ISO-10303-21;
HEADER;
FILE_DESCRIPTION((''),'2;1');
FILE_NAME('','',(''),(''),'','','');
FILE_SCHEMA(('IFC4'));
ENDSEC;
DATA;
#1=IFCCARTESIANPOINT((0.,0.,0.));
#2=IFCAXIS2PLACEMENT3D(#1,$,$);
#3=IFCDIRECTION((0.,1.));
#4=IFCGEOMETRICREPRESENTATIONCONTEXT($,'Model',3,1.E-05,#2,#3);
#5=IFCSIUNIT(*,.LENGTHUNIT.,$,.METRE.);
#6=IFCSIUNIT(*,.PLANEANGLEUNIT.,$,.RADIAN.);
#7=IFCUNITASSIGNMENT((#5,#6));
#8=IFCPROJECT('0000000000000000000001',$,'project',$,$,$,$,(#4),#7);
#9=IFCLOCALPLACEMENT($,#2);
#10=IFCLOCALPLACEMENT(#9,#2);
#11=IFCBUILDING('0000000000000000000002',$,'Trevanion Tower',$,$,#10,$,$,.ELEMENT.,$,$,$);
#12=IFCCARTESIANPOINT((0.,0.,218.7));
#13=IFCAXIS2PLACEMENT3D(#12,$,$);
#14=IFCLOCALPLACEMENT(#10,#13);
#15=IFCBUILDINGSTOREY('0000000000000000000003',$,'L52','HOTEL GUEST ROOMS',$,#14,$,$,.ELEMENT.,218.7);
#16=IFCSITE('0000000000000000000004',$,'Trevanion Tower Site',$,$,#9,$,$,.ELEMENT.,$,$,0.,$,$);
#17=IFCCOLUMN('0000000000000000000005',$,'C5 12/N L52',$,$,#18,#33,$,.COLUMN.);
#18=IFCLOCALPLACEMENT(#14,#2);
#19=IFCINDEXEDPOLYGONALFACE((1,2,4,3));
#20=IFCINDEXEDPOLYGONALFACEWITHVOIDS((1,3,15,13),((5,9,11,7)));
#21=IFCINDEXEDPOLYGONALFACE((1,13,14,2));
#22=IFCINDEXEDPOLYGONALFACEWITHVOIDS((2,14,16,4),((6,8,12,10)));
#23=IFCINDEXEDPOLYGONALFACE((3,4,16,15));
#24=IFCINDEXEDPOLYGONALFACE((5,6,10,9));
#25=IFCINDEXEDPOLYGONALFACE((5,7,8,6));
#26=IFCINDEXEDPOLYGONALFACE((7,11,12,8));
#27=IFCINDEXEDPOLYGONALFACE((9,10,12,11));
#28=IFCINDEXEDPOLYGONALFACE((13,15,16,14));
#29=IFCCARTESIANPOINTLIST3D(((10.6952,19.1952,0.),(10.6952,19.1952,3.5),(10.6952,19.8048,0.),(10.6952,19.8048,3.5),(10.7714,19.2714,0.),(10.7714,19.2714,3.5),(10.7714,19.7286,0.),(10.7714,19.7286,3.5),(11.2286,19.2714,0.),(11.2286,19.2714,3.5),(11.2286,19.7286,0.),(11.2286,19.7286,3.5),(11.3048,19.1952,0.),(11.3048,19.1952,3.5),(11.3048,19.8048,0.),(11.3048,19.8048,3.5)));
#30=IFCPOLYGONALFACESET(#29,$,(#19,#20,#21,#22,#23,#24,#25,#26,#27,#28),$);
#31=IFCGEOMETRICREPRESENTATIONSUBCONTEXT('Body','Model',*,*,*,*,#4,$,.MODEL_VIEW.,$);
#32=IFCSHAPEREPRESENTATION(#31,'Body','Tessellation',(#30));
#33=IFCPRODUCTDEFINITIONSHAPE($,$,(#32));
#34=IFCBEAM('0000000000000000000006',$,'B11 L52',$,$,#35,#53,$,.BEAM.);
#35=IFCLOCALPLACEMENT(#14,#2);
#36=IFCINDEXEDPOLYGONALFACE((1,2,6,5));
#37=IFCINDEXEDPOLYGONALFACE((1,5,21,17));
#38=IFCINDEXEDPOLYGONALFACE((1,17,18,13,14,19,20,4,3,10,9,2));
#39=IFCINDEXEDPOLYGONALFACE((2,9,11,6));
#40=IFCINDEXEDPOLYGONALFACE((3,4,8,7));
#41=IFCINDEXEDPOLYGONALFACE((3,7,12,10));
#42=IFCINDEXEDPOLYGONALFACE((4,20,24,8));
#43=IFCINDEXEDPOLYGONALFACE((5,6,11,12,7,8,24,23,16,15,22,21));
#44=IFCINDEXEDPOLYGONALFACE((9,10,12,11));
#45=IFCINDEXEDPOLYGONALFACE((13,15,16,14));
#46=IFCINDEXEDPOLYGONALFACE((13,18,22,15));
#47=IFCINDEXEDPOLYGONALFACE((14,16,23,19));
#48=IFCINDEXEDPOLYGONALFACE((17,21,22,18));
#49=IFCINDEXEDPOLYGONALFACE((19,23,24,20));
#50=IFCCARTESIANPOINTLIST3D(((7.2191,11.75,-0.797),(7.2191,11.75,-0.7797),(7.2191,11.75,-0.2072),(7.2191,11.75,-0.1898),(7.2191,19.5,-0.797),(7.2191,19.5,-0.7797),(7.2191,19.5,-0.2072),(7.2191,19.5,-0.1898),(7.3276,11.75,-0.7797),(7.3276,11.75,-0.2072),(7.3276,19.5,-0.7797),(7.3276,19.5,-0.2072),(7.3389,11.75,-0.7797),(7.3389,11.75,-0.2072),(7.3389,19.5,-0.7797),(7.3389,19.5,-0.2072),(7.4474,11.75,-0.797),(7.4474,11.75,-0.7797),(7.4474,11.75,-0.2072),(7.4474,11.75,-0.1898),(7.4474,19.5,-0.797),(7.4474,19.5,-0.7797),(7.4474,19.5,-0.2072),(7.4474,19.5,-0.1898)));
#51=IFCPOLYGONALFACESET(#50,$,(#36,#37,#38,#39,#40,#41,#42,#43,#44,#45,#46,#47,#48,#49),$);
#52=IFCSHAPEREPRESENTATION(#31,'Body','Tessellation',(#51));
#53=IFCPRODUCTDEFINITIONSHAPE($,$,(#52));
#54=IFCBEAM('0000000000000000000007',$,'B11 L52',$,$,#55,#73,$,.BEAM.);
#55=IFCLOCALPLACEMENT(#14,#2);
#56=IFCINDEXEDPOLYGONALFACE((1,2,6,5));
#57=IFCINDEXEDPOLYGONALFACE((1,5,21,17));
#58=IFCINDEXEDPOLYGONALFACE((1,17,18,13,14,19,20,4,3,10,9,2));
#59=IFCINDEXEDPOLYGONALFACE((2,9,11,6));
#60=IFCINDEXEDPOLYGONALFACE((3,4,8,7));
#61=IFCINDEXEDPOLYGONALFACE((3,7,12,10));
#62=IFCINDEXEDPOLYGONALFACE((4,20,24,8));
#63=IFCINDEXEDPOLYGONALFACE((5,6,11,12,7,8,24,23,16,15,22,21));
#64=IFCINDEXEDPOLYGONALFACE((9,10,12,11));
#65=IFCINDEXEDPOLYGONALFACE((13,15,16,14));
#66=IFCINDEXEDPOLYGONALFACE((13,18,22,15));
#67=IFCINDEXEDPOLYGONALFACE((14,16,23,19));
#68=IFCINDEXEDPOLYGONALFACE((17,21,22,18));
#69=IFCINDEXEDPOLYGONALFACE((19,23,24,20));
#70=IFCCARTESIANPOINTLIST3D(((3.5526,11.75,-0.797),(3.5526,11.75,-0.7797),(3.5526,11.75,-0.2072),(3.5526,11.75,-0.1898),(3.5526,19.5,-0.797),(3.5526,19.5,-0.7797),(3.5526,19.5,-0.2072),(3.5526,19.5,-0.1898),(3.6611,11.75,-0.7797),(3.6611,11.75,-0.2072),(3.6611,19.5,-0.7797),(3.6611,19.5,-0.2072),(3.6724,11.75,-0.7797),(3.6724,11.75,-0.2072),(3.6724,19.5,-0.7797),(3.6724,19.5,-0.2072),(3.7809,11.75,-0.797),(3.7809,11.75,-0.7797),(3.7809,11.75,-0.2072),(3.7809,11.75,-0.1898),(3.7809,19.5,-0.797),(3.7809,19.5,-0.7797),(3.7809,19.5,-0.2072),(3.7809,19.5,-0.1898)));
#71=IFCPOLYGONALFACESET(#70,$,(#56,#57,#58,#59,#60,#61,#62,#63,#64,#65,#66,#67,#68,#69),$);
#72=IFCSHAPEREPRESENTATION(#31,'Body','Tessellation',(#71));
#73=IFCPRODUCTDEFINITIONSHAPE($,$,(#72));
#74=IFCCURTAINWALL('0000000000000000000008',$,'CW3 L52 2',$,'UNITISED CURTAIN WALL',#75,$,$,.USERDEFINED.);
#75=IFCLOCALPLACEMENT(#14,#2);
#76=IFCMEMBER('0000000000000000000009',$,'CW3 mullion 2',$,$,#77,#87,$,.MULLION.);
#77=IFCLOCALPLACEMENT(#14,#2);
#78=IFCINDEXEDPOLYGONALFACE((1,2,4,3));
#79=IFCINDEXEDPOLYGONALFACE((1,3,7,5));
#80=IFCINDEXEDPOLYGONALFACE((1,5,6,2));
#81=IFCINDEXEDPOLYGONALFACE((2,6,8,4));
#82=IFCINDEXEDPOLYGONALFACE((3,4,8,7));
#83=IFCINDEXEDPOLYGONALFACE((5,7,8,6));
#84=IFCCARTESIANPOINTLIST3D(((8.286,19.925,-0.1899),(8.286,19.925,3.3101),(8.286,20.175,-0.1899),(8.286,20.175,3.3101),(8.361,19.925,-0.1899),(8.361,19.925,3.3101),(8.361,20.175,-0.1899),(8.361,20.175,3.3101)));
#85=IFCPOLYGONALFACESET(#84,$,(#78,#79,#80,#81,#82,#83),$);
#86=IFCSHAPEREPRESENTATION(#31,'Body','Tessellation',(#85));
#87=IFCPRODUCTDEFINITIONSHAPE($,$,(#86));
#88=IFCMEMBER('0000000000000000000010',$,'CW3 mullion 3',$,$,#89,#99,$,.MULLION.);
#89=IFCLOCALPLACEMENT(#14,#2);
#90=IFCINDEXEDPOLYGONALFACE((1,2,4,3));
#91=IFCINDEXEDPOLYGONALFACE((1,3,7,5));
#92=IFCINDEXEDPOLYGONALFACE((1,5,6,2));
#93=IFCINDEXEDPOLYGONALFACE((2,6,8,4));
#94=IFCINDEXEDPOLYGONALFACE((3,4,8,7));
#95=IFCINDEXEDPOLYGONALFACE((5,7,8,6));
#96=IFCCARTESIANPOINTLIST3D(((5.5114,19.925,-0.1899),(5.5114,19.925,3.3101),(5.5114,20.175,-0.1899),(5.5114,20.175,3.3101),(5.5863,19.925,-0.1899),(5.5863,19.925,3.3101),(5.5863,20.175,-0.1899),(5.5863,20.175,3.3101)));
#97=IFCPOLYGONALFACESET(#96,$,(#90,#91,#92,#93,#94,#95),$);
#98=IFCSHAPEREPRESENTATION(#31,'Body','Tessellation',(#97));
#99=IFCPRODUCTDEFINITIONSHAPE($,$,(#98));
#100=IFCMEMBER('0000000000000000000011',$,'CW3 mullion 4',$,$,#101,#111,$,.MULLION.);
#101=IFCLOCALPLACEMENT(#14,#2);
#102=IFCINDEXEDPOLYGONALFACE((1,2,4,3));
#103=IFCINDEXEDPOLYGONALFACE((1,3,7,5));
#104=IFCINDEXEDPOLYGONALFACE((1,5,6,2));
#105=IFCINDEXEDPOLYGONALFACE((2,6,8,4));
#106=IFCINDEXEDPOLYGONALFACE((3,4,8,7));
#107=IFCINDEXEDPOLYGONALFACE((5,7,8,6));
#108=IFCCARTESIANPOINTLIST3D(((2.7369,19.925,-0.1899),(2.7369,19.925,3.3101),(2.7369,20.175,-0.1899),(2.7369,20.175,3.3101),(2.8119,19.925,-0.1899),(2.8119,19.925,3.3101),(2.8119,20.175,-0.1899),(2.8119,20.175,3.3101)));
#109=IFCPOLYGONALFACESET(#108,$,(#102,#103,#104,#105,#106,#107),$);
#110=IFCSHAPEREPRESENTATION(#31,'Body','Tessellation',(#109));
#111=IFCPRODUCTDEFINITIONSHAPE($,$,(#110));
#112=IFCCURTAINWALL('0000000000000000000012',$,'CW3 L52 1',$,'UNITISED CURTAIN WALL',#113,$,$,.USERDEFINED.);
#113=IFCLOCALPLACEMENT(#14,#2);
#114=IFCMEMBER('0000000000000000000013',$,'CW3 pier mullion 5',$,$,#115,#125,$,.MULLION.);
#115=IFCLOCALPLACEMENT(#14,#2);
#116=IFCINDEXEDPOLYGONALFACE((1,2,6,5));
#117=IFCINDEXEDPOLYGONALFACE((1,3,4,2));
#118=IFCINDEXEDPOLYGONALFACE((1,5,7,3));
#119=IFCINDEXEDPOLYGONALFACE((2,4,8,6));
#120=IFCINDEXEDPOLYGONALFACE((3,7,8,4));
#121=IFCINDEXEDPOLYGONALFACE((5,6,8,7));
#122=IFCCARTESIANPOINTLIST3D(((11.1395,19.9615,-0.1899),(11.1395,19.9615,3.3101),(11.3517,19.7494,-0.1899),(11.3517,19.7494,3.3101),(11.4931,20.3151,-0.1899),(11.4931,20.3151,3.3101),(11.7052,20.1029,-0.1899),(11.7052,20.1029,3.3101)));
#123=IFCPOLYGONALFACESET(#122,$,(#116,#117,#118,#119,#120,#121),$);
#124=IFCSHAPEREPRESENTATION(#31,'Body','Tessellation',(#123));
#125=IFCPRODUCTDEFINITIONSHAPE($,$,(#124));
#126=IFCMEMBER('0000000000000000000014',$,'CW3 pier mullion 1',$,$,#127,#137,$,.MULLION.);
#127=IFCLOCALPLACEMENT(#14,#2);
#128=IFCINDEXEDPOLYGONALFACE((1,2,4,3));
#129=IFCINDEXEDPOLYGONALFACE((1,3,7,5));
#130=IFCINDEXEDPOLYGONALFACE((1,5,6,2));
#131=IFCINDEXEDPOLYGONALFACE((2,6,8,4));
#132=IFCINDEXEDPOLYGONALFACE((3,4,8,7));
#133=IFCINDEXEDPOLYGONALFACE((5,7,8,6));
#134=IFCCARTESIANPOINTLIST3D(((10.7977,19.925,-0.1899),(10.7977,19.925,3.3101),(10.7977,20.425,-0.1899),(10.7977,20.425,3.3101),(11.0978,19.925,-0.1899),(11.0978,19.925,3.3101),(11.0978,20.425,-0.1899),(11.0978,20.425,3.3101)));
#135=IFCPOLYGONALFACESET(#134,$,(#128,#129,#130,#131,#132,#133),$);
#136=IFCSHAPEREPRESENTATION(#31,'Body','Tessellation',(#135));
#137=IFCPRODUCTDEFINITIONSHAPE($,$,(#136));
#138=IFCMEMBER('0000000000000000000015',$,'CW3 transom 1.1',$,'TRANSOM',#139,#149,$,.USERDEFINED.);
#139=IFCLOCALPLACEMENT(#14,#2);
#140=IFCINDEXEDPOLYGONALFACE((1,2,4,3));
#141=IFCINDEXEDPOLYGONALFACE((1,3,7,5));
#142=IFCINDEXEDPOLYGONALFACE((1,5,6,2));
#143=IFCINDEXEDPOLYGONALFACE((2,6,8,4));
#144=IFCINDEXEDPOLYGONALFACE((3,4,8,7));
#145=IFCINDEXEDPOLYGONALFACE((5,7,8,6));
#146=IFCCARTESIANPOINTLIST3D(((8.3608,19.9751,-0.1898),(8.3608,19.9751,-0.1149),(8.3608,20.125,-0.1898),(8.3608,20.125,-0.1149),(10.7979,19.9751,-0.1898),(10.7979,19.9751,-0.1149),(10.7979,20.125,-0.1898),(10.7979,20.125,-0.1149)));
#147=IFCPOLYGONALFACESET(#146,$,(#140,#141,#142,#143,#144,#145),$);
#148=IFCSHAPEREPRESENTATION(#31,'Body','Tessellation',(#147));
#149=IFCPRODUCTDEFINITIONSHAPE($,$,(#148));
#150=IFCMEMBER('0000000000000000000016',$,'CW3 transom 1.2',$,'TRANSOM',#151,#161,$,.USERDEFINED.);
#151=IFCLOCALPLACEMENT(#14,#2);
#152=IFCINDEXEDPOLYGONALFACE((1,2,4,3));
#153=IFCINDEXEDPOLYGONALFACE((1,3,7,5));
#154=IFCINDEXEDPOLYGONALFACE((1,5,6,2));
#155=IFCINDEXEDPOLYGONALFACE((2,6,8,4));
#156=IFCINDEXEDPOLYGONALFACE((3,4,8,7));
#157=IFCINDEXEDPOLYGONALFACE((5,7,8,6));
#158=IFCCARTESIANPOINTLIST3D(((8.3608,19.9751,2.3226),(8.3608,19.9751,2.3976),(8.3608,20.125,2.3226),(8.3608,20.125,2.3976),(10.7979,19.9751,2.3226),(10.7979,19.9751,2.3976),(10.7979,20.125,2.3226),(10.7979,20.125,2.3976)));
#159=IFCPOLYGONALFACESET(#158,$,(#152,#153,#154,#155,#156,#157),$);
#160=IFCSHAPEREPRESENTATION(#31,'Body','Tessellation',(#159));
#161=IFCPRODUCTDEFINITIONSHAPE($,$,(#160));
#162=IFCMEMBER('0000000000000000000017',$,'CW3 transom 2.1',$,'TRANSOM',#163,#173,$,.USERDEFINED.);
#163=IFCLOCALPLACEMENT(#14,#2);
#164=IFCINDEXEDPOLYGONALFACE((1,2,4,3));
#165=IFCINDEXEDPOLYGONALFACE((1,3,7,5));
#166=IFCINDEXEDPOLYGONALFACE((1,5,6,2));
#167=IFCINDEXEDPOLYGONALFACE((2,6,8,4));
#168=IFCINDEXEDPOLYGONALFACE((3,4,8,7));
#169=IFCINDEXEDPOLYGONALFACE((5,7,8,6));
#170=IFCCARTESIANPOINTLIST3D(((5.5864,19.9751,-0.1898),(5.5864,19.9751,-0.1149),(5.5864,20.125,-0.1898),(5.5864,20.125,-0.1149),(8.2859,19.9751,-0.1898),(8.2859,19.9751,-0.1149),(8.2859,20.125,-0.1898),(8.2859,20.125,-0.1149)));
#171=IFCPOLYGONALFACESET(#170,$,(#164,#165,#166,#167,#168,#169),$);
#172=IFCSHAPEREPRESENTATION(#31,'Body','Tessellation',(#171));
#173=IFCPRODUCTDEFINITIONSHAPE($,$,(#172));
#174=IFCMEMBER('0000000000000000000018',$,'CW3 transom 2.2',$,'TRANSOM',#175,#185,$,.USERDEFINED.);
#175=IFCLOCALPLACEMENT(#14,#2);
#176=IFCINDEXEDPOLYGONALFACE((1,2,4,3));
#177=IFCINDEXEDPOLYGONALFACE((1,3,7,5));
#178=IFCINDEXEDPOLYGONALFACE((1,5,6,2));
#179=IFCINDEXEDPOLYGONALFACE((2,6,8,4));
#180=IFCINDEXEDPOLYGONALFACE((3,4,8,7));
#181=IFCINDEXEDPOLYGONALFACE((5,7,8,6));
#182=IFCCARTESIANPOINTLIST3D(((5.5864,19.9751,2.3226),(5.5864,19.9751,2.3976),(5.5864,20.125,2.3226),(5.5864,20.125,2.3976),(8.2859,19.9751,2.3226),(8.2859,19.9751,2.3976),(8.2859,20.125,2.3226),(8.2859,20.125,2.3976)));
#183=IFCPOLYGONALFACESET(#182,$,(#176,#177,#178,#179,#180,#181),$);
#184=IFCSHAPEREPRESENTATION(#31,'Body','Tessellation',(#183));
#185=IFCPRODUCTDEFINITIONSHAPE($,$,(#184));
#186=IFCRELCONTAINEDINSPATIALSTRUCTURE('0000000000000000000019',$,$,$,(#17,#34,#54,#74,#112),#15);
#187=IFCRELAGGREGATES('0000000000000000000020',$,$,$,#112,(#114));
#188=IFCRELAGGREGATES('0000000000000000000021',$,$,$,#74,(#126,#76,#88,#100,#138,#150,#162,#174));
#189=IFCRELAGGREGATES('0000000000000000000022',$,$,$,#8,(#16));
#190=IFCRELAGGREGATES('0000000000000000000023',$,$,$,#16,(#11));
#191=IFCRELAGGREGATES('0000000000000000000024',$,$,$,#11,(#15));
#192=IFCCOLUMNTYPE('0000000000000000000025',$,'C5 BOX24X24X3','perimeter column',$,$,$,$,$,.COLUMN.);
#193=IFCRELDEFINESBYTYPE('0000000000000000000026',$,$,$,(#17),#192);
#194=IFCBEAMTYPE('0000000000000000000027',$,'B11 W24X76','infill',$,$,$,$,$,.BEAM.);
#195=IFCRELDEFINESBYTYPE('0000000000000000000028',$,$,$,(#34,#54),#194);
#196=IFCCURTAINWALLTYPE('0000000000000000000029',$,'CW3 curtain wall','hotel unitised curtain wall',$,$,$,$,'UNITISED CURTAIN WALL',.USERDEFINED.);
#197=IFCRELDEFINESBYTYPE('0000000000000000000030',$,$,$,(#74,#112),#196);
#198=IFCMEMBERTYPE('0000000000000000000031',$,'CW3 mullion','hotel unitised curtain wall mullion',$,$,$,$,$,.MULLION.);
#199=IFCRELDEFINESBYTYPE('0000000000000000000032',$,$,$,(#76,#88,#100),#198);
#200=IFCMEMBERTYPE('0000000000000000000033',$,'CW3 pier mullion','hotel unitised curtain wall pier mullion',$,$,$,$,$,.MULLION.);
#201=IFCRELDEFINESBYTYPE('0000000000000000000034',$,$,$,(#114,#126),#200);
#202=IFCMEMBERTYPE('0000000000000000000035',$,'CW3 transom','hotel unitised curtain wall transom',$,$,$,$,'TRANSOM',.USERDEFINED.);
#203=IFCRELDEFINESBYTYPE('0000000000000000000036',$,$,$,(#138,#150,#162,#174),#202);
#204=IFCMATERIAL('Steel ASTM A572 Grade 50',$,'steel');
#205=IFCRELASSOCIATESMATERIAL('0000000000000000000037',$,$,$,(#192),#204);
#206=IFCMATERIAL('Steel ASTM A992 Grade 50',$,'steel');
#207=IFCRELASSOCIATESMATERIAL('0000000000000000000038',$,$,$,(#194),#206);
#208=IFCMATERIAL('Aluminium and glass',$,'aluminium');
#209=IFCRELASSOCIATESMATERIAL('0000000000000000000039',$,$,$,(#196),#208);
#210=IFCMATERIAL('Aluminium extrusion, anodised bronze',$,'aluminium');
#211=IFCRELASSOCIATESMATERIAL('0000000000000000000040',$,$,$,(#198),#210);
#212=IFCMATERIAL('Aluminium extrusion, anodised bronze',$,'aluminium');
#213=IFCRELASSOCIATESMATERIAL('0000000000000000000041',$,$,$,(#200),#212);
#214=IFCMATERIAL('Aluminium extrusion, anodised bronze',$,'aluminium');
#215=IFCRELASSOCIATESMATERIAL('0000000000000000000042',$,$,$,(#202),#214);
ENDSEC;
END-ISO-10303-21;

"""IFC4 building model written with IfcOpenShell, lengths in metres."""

from ifc_helpers import new_model, si_unit, direction, frame, origin, origin_2d, place, context, subcontext, project, spatial, rectangle, hollow_rectangle, i_section, extrude, material, material_profile, profile_set, type_object, element, aggregate, save


model = new_model("IFC4")

# Units and contexts
model_context = context("Model", 3, precision=1e-05, world=origin(), true_north=direction((0.0, 1.0)))
body_context = subcontext(model_context, "Body", "Model", "MODEL_VIEW")
ifc_project = project(units=[si_unit("LENGTHUNIT", "METRE"), si_unit("PLANEANGLEUNIT", "RADIAN")], contexts=[model_context])

# Site, building, storey
site_placement = place(None, origin())
site = spatial("IfcSite", under=ifc_project, at=site_placement, Name="Trevanion Tower Site", CompositionType="ELEMENT", RefElevation=0.0)
building_placement = place(site_placement, origin())
building = spatial("IfcBuilding", under=site, at=building_placement, Name="Trevanion Tower", CompositionType="ELEMENT")
storey_placement = place(building_placement, frame((0.0, 0.0, 218.7)))
storey = spatial("IfcBuildingStorey", under=building, at=storey_placement, Name="L52", Description="HOTEL GUEST ROOMS", CompositionType="ELEMENT", Elevation=218.7)

# Column
ifc_material_1 = material(Name="Steel ASTM A572 Grade 50", Category="steel")
ifc_material_profile_1 = material_profile(ifc_material_1, hollow_rectangle(XDim=0.6096, YDim=0.6096, WallThickness=0.0762, at=origin_2d()), Name="BOX24X24X3")
ifc_profile_set_1 = profile_set([ifc_material_profile_1], Name="Steel ASTM A572 Grade 50")
column_type = type_object("IfcColumnType", Name="C5 BOX24X24X3", Description="perimeter column", PredefinedType="COLUMN", material=ifc_profile_set_1)
column_placement = place(storey_placement, frame((11.0, 19.5, 0.0), z_axis=(0.0, 0.0, 1.0), x_axis=(1.0, 0.0, 0.0)))
element("IfcColumn", 1, at=column_placement, inside=storey, type_object=column_type, Name="C5 12/N L52", PredefinedType="COLUMN", context=body_context, shape_type="SweptSolid", body=[
    extrude(hollow_rectangle(XDim=0.6096, YDim=0.6096, WallThickness=0.0762, at=origin_2d()), origin(), (0.0, 0.0, 1.0), 3.5),
])

# Beams
ifc_material_2 = material(Name="Steel ASTM A992 Grade 50", Category="steel")
ifc_material_profile_2 = material_profile(ifc_material_2, i_section(OverallWidth=0.2283, OverallDepth=0.6072, WebThickness=0.0112, FlangeThickness=0.0173, at=origin_2d()), Name="W24X76")
ifc_profile_set_2 = profile_set([ifc_material_profile_2], Name="Steel ASTM A992 Grade 50")
beam_type_1 = type_object("IfcBeamType", Name="B11 W24X76", Description="infill", PredefinedType="BEAM", material=ifc_profile_set_2)
for number, where, z_axis, x_axis, name in (
    (2, (7.3333, 11.75, -0.4934), (0.0, 1.0, 0.0), (-1.0, 0.0, 0.0), "B11 L52"),
    (3, (3.6667, 11.75, -0.4934), (0.0, 1.0, 0.0), (-1.0, 0.0, 0.0), "B11 L52"),
):
    element("IfcBeam", number, at=place(storey_placement, frame(where, z_axis=z_axis, x_axis=x_axis)), inside=storey, type_object=beam_type_1, Name=name, PredefinedType="BEAM", context=body_context, shape_type="SweptSolid", body=[
        extrude(i_section(OverallWidth=0.2283, OverallDepth=0.6072, WebThickness=0.0112, FlangeThickness=0.0173, at=origin_2d()), origin(), (0.0, 0.0, 1.0), 7.75),
    ])

# Curtain wall, members
ifc_material_3 = material(Name="Aluminium and glass", Category="aluminium")
curtain_wall_type = type_object("IfcCurtainWallType", Name="CW3 curtain wall", Description="hotel unitised curtain wall", ElementType="UNITISED CURTAIN WALL", PredefinedType="USERDEFINED", material=ifc_material_3)
curtain_wall_1_placement = place(storey_placement, origin())
curtain_wall_1 = element("IfcCurtainWall", 4, at=curtain_wall_1_placement, inside=storey, type_object=curtain_wall_type, Name="CW3 L52 2", ObjectType="UNITISED CURTAIN WALL", PredefinedType="USERDEFINED")
ifc_material_4 = material(Name="Aluminium extrusion, anodised bronze", Category="aluminium")
ifc_material_profile_3 = material_profile(ifc_material_4, rectangle(XDim=0.075, YDim=0.25, at=origin_2d()), Name="CW3 mullion")
ifc_profile_set_3 = profile_set([ifc_material_profile_3], Name="Aluminium extrusion, anodised bronze")
member_type_1 = type_object("IfcMemberType", Name="CW3 mullion", Description="hotel unitised curtain wall mullion", PredefinedType="MULLION", material=ifc_profile_set_3)
member_1_placement = place(storey_placement, frame((8.3235, 20.05, -0.1899), z_axis=(0.0, 0.0, 1.0), x_axis=(-1.0, 0.0, 0.0)))
member_1 = element("IfcMember", 5, at=member_1_placement, type_object=member_type_1, Name="CW3 mullion 2", PredefinedType="MULLION", context=body_context, shape_type="SweptSolid", body=[
    extrude(rectangle(XDim=0.075, YDim=0.25, at=origin_2d()), origin(), (0.0, 0.0, 1.0), 3.5),
])
member_2_placement = place(storey_placement, frame((5.5488, 20.05, -0.1899), z_axis=(0.0, 0.0, 1.0), x_axis=(-1.0, 0.0, 0.0)))
member_2 = element("IfcMember", 6, at=member_2_placement, type_object=member_type_1, Name="CW3 mullion 3", PredefinedType="MULLION", context=body_context, shape_type="SweptSolid", body=[
    extrude(rectangle(XDim=0.075, YDim=0.25, at=origin_2d()), origin(), (0.0, 0.0, 1.0), 3.5),
])
member_3_placement = place(storey_placement, frame((2.7744, 20.05, -0.1899), z_axis=(0.0, 0.0, 1.0), x_axis=(-1.0, 0.0, 0.0)))
member_3 = element("IfcMember", 7, at=member_3_placement, type_object=member_type_1, Name="CW3 mullion 4", PredefinedType="MULLION", context=body_context, shape_type="SweptSolid", body=[
    extrude(rectangle(XDim=0.075, YDim=0.25, at=origin_2d()), origin(), (0.0, 0.0, 1.0), 3.5),
])

# Curtain wall, member
curtain_wall_2_placement = place(storey_placement, origin())
curtain_wall_2 = element("IfcCurtainWall", 8, at=curtain_wall_2_placement, inside=storey, type_object=curtain_wall_type, Name="CW3 L52 1", ObjectType="UNITISED CURTAIN WALL", PredefinedType="USERDEFINED")
ifc_material_5 = material(Name="Aluminium extrusion, anodised bronze", Category="aluminium")
ifc_material_profile_4 = material_profile(ifc_material_5, rectangle(XDim=0.3, YDim=0.5, at=origin_2d()), Name="CW3 pier mullion")
ifc_profile_set_4 = profile_set([ifc_material_profile_4], Name="Aluminium extrusion, anodised bronze")
member_type_2 = type_object("IfcMemberType", Name="CW3 pier mullion", Description="hotel unitised curtain wall pier mullion", PredefinedType="MULLION", material=ifc_profile_set_4)
member_4_placement = place(storey_placement, frame((11.4224, 20.0322, -0.1899), z_axis=(0.0, 0.0, 1.0), x_axis=(-0.707107, 0.707107, 0.0)))
member_4 = element("IfcMember", 9, at=member_4_placement, type_object=member_type_2, Name="CW3 pier mullion 5", PredefinedType="MULLION", context=body_context, shape_type="SweptSolid", body=[
    extrude(rectangle(XDim=0.3, YDim=0.5, at=origin_2d()), origin(), (0.0, 0.0, 1.0), 3.5),
])
aggregate(curtain_wall_2, [member_4])

# Members
member_5_placement = place(storey_placement, frame((10.9478, 20.175, -0.1899), z_axis=(0.0, 0.0, 1.0), x_axis=(-1.0, 0.0, 0.0)))
member_5 = element("IfcMember", 10, at=member_5_placement, type_object=member_type_2, Name="CW3 pier mullion 1", PredefinedType="MULLION", context=body_context, shape_type="SweptSolid", body=[
    extrude(rectangle(XDim=0.3, YDim=0.5, at=origin_2d()), origin(), (0.0, 0.0, 1.0), 3.5),
])
ifc_material_6 = material(Name="Aluminium extrusion, anodised bronze", Category="aluminium")
ifc_material_profile_5 = material_profile(ifc_material_6, rectangle(XDim=0.1499, YDim=0.075, at=origin_2d()), Name="CW3 transom")
ifc_profile_set_5 = profile_set([ifc_material_profile_5], Name="Aluminium extrusion, anodised bronze")
member_type_3 = type_object("IfcMemberType", Name="CW3 transom", Description="hotel unitised curtain wall transom", ElementType="TRANSOM", PredefinedType="USERDEFINED", material=ifc_profile_set_5)
member_6_placement = place(storey_placement, frame((10.7979, 20.05, -0.1523), z_axis=(-1.0, 0.0, 0.0), x_axis=(0.0, -1.0, 0.0)))
member_6 = element("IfcMember", 11, at=member_6_placement, type_object=member_type_3, Name="CW3 transom 1.1", ObjectType="TRANSOM", PredefinedType="USERDEFINED", context=body_context, shape_type="SweptSolid", body=[
    extrude(rectangle(XDim=0.1499, YDim=0.075, at=origin_2d()), origin(), (0.0, 0.0, 1.0), 2.437),
])
member_7_placement = place(storey_placement, frame((10.7979, 20.05, 2.3601), z_axis=(-1.0, 0.0, 0.0), x_axis=(0.0, -1.0, 0.0)))
member_7 = element("IfcMember", 12, at=member_7_placement, type_object=member_type_3, Name="CW3 transom 1.2", ObjectType="TRANSOM", PredefinedType="USERDEFINED", context=body_context, shape_type="SweptSolid", body=[
    extrude(rectangle(XDim=0.1499, YDim=0.075, at=origin_2d()), origin(), (0.0, 0.0, 1.0), 2.437),
])
member_8_placement = place(storey_placement, frame((8.2859, 20.05, -0.1523), z_axis=(-1.0, 0.0, 0.0), x_axis=(0.0, -1.0, 0.0)))
member_8 = element("IfcMember", 13, at=member_8_placement, type_object=member_type_3, Name="CW3 transom 2.1", ObjectType="TRANSOM", PredefinedType="USERDEFINED", context=body_context, shape_type="SweptSolid", body=[
    extrude(rectangle(XDim=0.1499, YDim=0.075, at=origin_2d()), origin(), (0.0, 0.0, 1.0), 2.6995),
])
member_9_placement = place(storey_placement, frame((8.2859, 20.05, 2.3601), z_axis=(-1.0, 0.0, 0.0), x_axis=(0.0, -1.0, 0.0)))
member_9 = element("IfcMember", 14, at=member_9_placement, type_object=member_type_3, Name="CW3 transom 2.2", ObjectType="TRANSOM", PredefinedType="USERDEFINED", context=body_context, shape_type="SweptSolid", body=[
    extrude(rectangle(XDim=0.1499, YDim=0.075, at=origin_2d()), origin(), (0.0, 0.0, 1.0), 2.6995),
])

aggregate(curtain_wall_1, [member_5, member_1, member_2, member_3, member_6, member_7, member_8, member_9])

save(model, "model.ifc")
